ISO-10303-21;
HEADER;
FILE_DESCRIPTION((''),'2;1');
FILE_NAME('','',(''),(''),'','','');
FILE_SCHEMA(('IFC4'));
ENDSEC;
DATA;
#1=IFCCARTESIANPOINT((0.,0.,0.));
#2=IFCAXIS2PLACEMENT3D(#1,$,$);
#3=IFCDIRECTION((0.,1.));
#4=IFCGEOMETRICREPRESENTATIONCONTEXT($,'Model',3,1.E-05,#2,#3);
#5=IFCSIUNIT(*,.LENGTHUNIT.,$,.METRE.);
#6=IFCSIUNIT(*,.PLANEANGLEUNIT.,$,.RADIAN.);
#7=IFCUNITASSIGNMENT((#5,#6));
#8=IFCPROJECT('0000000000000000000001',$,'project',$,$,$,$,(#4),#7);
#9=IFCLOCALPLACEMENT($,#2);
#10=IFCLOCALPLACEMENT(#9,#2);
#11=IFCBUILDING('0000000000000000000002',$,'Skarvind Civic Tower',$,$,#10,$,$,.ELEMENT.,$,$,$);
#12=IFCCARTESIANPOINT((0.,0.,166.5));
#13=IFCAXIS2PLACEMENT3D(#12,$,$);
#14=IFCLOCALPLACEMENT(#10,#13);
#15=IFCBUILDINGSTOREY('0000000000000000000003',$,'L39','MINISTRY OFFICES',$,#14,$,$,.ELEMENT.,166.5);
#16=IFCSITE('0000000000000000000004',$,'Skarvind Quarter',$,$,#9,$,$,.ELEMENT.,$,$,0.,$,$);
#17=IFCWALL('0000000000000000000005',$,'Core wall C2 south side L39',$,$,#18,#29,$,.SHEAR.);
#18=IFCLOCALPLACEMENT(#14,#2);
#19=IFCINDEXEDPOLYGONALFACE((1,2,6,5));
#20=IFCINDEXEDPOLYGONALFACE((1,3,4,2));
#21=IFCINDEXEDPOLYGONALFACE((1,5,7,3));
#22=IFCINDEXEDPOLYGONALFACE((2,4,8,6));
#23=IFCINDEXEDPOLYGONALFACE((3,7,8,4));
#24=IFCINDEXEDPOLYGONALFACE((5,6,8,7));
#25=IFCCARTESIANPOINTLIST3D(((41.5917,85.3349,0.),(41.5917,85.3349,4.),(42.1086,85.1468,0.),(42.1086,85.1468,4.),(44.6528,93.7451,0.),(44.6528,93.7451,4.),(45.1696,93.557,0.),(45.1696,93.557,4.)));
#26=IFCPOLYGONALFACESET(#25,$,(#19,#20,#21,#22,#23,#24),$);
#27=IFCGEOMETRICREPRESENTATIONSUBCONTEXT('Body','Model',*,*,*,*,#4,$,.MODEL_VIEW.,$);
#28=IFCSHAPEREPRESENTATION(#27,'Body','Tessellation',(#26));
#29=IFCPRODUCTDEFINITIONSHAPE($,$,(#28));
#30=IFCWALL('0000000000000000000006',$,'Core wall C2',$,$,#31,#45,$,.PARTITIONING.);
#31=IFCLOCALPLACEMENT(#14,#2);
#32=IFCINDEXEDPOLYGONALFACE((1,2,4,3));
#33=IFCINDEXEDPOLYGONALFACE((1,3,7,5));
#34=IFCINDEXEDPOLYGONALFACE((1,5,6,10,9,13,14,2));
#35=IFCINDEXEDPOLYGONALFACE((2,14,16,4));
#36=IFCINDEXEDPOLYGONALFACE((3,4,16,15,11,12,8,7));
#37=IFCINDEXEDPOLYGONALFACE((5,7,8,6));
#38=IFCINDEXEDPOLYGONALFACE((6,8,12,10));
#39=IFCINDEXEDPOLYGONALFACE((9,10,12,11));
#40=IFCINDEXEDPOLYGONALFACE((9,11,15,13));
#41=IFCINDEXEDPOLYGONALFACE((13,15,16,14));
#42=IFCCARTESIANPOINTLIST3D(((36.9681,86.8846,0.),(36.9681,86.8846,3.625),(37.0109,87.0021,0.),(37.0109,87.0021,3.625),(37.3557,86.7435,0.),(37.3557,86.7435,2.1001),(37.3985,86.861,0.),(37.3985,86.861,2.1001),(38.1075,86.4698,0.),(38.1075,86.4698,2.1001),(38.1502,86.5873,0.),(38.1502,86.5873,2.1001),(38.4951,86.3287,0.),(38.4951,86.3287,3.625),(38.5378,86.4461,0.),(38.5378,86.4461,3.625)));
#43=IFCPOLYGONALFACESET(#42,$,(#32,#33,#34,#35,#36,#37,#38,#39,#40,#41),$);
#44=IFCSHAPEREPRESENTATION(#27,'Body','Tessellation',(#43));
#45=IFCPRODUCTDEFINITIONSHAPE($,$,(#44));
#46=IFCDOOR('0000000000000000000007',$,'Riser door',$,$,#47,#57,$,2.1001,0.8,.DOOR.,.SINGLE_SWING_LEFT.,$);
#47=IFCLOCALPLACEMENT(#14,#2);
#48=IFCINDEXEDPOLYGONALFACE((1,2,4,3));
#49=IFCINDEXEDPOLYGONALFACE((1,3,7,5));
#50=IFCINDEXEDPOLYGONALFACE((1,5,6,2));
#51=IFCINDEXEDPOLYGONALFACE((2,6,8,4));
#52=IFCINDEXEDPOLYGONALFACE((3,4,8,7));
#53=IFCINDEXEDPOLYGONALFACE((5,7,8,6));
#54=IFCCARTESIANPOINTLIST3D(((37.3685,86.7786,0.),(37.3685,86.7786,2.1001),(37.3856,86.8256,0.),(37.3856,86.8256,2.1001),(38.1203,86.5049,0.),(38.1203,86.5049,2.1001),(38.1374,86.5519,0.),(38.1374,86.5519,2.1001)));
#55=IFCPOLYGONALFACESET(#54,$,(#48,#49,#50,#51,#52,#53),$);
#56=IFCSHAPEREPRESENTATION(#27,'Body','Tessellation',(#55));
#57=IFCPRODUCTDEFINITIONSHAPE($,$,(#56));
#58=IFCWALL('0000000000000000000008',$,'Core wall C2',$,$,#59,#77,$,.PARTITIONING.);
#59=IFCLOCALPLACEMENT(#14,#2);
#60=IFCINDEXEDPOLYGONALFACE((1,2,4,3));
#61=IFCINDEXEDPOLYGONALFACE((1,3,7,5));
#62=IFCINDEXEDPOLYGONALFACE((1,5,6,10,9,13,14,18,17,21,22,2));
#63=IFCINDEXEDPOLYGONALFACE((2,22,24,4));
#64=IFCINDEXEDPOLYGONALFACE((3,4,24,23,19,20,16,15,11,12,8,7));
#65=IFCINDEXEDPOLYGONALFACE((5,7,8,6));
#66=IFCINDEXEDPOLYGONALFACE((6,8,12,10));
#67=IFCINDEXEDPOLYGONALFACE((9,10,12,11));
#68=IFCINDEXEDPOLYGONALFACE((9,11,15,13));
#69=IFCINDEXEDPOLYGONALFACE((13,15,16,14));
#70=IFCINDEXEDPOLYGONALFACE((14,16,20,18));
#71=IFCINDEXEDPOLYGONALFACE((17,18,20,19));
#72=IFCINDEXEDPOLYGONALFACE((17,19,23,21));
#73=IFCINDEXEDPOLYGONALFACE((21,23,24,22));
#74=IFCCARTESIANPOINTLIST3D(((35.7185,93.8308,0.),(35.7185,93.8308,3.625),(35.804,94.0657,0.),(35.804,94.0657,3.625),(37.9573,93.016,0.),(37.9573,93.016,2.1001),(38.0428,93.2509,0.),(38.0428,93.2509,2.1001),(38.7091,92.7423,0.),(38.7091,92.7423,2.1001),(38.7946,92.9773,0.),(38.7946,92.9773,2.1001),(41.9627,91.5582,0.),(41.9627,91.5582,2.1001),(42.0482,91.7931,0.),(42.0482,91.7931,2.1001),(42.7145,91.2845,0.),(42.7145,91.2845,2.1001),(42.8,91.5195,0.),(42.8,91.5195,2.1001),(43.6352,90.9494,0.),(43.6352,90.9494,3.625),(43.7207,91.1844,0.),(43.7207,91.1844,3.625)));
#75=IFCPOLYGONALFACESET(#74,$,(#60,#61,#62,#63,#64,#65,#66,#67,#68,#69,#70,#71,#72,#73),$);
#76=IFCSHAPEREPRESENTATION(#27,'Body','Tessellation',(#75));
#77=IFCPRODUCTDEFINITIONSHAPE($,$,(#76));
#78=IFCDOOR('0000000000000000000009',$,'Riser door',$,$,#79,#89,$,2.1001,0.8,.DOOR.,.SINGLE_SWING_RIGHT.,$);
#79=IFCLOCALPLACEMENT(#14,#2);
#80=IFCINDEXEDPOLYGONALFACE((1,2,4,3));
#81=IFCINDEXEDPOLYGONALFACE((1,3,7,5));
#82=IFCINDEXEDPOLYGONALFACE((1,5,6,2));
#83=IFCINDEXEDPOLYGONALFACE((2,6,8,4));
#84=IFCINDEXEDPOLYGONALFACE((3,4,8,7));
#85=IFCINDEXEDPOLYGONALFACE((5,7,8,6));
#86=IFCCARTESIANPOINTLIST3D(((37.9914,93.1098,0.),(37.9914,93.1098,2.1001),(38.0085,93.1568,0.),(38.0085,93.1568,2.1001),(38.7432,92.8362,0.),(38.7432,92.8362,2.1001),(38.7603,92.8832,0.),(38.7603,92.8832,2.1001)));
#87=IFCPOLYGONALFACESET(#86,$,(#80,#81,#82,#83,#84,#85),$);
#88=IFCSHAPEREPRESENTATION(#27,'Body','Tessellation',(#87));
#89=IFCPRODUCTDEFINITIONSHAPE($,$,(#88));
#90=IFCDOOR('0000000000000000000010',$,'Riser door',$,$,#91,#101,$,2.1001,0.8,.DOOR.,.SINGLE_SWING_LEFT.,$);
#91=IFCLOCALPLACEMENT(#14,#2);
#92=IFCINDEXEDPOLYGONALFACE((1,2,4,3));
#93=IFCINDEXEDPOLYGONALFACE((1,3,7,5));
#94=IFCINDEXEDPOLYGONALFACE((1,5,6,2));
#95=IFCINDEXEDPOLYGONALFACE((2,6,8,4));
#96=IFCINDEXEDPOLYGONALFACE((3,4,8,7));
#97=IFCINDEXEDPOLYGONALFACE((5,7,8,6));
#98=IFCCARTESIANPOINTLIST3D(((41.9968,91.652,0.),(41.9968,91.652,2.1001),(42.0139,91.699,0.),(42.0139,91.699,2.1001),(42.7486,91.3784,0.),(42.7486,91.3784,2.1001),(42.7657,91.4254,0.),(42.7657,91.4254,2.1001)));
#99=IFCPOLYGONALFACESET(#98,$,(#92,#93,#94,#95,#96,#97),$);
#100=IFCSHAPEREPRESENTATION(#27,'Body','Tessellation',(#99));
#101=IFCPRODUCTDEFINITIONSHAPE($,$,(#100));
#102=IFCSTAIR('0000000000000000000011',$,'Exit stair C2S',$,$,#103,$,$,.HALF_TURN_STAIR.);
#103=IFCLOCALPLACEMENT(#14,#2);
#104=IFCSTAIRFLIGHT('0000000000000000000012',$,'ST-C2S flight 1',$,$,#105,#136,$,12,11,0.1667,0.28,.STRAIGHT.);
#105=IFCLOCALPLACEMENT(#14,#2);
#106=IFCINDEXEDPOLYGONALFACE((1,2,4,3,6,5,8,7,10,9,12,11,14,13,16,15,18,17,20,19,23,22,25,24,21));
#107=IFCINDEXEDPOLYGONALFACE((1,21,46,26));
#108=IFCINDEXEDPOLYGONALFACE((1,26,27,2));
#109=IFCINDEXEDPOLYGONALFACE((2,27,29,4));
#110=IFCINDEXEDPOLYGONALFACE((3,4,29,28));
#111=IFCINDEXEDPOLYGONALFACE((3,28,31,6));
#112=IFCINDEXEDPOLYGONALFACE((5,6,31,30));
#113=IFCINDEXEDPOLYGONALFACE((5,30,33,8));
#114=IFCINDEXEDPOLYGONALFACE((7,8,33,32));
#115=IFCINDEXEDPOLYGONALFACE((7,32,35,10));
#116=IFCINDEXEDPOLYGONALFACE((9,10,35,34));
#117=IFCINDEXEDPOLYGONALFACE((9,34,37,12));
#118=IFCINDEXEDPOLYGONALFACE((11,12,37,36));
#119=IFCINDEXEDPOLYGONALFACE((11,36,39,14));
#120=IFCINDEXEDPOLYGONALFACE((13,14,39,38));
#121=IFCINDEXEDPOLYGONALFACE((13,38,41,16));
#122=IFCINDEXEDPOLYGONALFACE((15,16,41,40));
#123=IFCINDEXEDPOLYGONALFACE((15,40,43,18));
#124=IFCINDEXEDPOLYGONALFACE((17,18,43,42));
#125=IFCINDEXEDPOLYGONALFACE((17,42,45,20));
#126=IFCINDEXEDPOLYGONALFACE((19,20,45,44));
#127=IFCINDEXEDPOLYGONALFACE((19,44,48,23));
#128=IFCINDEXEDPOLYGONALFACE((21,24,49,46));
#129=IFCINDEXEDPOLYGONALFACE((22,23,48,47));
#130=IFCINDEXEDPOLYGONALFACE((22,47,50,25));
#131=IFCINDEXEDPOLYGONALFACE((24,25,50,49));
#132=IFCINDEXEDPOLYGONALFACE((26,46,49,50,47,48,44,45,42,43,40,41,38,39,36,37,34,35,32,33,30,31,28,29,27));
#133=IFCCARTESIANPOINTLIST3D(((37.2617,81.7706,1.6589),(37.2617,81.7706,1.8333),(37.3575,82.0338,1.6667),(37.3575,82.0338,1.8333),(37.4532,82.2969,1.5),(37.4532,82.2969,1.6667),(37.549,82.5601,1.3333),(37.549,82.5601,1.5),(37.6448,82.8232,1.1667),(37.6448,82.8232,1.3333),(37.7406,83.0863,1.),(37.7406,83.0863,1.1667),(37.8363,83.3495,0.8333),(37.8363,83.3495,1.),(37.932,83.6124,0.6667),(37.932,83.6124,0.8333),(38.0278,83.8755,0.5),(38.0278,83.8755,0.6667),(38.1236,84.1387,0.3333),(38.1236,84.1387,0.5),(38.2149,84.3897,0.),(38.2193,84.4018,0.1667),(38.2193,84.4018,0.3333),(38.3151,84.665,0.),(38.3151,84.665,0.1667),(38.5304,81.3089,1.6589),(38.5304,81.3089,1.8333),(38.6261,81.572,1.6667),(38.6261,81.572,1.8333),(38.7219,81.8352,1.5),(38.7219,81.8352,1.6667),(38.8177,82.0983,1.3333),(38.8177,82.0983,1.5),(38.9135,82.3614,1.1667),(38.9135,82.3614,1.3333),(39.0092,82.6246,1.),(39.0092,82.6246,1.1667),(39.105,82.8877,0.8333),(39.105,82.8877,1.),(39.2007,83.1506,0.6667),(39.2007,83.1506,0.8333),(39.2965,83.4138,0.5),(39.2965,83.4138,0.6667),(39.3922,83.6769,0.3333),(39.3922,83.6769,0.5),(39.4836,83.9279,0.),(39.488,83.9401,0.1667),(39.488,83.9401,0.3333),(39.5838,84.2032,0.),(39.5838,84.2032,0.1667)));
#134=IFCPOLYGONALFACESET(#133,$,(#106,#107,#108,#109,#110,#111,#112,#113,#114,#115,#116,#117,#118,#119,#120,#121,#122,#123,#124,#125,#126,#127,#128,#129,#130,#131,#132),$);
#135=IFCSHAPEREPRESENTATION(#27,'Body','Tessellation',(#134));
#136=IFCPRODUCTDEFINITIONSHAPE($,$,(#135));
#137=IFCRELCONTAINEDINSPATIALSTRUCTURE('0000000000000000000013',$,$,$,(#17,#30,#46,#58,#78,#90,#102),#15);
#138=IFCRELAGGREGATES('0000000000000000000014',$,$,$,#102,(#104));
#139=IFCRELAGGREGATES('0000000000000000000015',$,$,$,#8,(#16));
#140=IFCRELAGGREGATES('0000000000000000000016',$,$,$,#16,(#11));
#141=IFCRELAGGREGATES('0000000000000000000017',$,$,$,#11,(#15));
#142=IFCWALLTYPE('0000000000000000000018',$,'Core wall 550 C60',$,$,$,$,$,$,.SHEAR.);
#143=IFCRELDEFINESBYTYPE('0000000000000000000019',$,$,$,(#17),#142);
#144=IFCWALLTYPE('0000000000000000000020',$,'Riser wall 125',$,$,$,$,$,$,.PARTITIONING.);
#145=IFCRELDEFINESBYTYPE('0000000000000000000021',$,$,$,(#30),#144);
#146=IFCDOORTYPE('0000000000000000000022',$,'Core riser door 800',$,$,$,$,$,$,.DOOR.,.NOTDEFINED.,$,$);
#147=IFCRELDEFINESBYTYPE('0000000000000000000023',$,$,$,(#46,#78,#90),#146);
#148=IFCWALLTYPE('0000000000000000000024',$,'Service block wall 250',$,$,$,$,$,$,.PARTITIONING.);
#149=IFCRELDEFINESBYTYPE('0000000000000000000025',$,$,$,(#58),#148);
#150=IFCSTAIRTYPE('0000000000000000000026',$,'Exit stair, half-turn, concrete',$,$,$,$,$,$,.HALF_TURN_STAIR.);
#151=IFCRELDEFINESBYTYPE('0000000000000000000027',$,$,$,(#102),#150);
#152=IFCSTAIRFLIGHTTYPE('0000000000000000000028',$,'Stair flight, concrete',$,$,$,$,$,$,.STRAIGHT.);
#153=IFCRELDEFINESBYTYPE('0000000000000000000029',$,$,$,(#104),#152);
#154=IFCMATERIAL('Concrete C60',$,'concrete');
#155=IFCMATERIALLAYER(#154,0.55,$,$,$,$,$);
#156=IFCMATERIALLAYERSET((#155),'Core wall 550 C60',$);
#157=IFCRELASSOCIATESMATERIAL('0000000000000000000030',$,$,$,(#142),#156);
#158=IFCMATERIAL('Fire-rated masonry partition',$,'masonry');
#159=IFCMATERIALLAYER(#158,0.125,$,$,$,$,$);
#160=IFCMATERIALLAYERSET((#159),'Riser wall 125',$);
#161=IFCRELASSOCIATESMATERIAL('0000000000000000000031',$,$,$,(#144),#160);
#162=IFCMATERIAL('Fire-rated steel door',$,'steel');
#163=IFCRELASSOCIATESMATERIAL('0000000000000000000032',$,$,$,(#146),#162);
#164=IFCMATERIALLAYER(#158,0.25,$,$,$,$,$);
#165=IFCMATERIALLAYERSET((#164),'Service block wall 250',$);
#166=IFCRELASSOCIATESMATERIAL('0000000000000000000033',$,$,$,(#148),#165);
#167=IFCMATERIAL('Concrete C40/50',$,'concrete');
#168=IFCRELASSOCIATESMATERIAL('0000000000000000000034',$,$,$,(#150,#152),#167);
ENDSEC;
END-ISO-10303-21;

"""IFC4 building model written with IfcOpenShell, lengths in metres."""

from ifc_helpers import new_model, si_unit, direction, frame, frame_2d, origin, place, context, subcontext, project, spatial, polyline, rectangle, outline, extrude, material, layer, layer_set, type_object, element, fill, aggregate, save


model = new_model("IFC4")

# Units and contexts
model_context = context("Model", 3, precision=1e-05, world=origin(), true_north=direction((0.0, 1.0)))
body_context = subcontext(model_context, "Body", "Model", "MODEL_VIEW")
ifc_project = project(units=[si_unit("LENGTHUNIT", "METRE"), si_unit("PLANEANGLEUNIT", "RADIAN")], contexts=[model_context])

# Site, building, storey
site_placement = place(None, origin())
site = spatial("IfcSite", under=ifc_project, at=site_placement, Name="Skarvind Quarter", CompositionType="ELEMENT", RefElevation=0.0)
building_placement = place(site_placement, origin())
building = spatial("IfcBuilding", under=site, at=building_placement, Name="Skarvind Civic Tower", CompositionType="ELEMENT")
storey_placement = place(building_placement, frame((0.0, 0.0, 166.5)))
storey = spatial("IfcBuildingStorey", under=building, at=storey_placement, Name="L39", Description="MINISTRY OFFICES", CompositionType="ELEMENT", Elevation=166.5)

# Shared definitions
ifc_material_1 = material(Name="Fire-rated masonry partition", Category="masonry")
ifc_material_2 = material(Name="Fire-rated steel door", Category="steel")

# Shared definitions
ifc_material_3 = material(Name="Concrete C60", Category="concrete")

# Wall
ifc_layer_1 = layer(ifc_material_3, 0.55)
ifc_layer_set_1 = layer_set([ifc_layer_1], Name="Core wall 550 C60")
wall_type_1 = type_object("IfcWallType", Name="Core wall 550 C60", PredefinedType="SHEAR", material=ifc_layer_set_1)
wall_1_placement = place(storey_placement, frame((41.8501, 85.2407, 0.0), z_axis=(0.0, 0.0, 1.0), x_axis=(0.342019, 0.939693, 0.0)))
element("IfcWall", 1, at=wall_1_placement, inside=storey, type_object=wall_type_1, Name="Core wall C2 south side L39", PredefinedType="SHEAR", context=body_context, shape_type="SweptSolid", body=[
    extrude(rectangle(XDim=8.95, YDim=0.55, at=frame_2d((4.4751, 0.0))), origin(), (0.0, 0.0, 1.0), 4.0),
])

# Wall, opening, door
ifc_layer_2 = layer(ifc_material_1, 0.125)
ifc_layer_set_2 = layer_set([ifc_layer_2], Name="Riser wall 125")
wall_type_2 = type_object("IfcWallType", Name="Riser wall 125", PredefinedType="PARTITIONING", material=ifc_layer_set_2)
wall_2_placement = place(storey_placement, frame((36.9895, 86.9434, 0.0), z_axis=(0.0, 0.0, 1.0), x_axis=(0.939657, -0.342117, 0.0)))
wall_2 = element("IfcWall", 2, at=wall_2_placement, inside=storey, type_object=wall_type_2, Name="Core wall C2", PredefinedType="PARTITIONING", context=body_context, shape_type="SweptSolid", body=[
    extrude(rectangle(XDim=1.625, YDim=0.125, at=frame_2d((0.8125, 0.0))), origin(), (0.0, 0.0, 1.0), 3.625),
])
opening_1_placement = place(wall_2_placement, frame((0.4126, 0.0, 0.0)))
opening_1 = element("IfcOpeningElement", 3, at=opening_1_placement, cuts=wall_2, PredefinedType="OPENING", context=body_context, shape_type="SweptSolid", body=[
    extrude(rectangle(XDim=0.8, YDim=2.1001, at=frame_2d((0.3999, 1.05))), frame((0.0, 0.0725, 0.0), z_axis=(0.0, -1.0, 0.0), x_axis=(1.0, 0.0, 0.0)), (0.0, 0.0, 1.0), 0.145),
])
door_type_1 = type_object("IfcDoorType", Name="Core riser door 800", OperationType="NOTDEFINED", PredefinedType="DOOR", material=ifc_material_2)
door_1_placement = place(opening_1_placement, origin())
door_1 = element("IfcDoor", 4, at=door_1_placement, inside=storey, type_object=door_type_1, Name="Riser door", OperationType="SINGLE_SWING_LEFT", OverallHeight=2.1001, OverallWidth=0.8, PredefinedType="DOOR", context=body_context, shape_type="SweptSolid", body=[
    extrude(rectangle(XDim=0.8, YDim=2.1001, at=frame_2d((0.3999, 1.05))), frame((0.0, 0.0249, 0.0), z_axis=(0.0, -1.0, 0.0), x_axis=(1.0, 0.0, 0.0)), (0.0, 0.0, 1.0), 0.05),
])
fill(opening_1, door_1)

# Wall, openings, doors
ifc_layer_3 = layer(ifc_material_1, 0.25)
ifc_layer_set_3 = layer_set([ifc_layer_3], Name="Service block wall 250")
wall_type_3 = type_object("IfcWallType", Name="Service block wall 250", PredefinedType="PARTITIONING", material=ifc_layer_set_3)
wall_3_placement = place(storey_placement, frame((35.7612, 93.9482, 0.0), z_axis=(0.0, 0.0, 1.0), x_axis=(0.939697, -0.342008, 0.0)))
wall_3 = element("IfcWall", 5, at=wall_3_placement, inside=storey, type_object=wall_type_3, Name="Core wall C2", PredefinedType="PARTITIONING", context=body_context, shape_type="SweptSolid", body=[
    extrude(rectangle(XDim=8.4248, YDim=0.25, at=frame_2d((4.2124, 0.0))), origin(), (0.0, 0.0, 1.0), 3.625),
])
opening_2_placement = place(wall_3_placement, frame((2.3826, 0.0, 0.0)))
opening_2 = element("IfcOpeningElement", 6, at=opening_2_placement, cuts=wall_3, PredefinedType="OPENING", context=body_context, shape_type="SweptSolid", body=[
    extrude(rectangle(XDim=0.8, YDim=2.1001, at=frame_2d((0.3999, 1.05))), frame((0.0, 0.135, 0.0), z_axis=(0.0, -1.0, 0.0), x_axis=(1.0, 0.0, 0.0)), (0.0, 0.0, 1.0), 0.27),
])
opening_3_placement = place(wall_3_placement, frame((6.645, 0.0, 0.0)))
opening_3 = element("IfcOpeningElement", 7, at=opening_3_placement, cuts=wall_3, PredefinedType="OPENING", context=body_context, shape_type="SweptSolid", body=[
    extrude(rectangle(XDim=0.8, YDim=2.1001, at=frame_2d((0.3999, 1.05))), frame((0.0, 0.135, 0.0), z_axis=(0.0, -1.0, 0.0), x_axis=(1.0, 0.0, 0.0)), (0.0, 0.0, 1.0), 0.27),
])
door_2_placement = place(opening_2_placement, origin())
door_2 = element("IfcDoor", 8, at=door_2_placement, inside=storey, type_object=door_type_1, Name="Riser door", OperationType="SINGLE_SWING_RIGHT", OverallHeight=2.1001, OverallWidth=0.8, PredefinedType="DOOR", context=body_context, shape_type="SweptSolid", body=[
    extrude(rectangle(XDim=0.8, YDim=2.1001, at=frame_2d((0.3999, 1.05))), frame((0.0, 0.0249, 0.0), z_axis=(0.0, -1.0, 0.0), x_axis=(1.0, 0.0, 0.0)), (0.0, 0.0, 1.0), 0.05),
])
fill(opening_2, door_2)
door_3_placement = place(opening_3_placement, origin())
door_3 = element("IfcDoor", 9, at=door_3_placement, inside=storey, type_object=door_type_1, Name="Riser door", OperationType="SINGLE_SWING_LEFT", OverallHeight=2.1001, OverallWidth=0.8, PredefinedType="DOOR", context=body_context, shape_type="SweptSolid", body=[
    extrude(rectangle(XDim=0.8, YDim=2.1001, at=frame_2d((0.3999, 1.05))), frame((0.0, 0.0249, 0.0), z_axis=(0.0, -1.0, 0.0), x_axis=(1.0, 0.0, 0.0)), (0.0, 0.0, 1.0), 0.05),
])
fill(opening_3, door_3)

# Stair, stair flight
ifc_material_4 = material(Name="Concrete C40/50", Category="concrete")
stair_type = type_object("IfcStairType", Name="Exit stair, half-turn, concrete", PredefinedType="HALF_TURN_STAIR", material=ifc_material_4)
stair_placement = place(storey_placement, origin())
stair = element("IfcStair", 10, at=stair_placement, inside=storey, type_object=stair_type, Name="Exit stair C2S", PredefinedType="HALF_TURN_STAIR")
stair_flight_type = type_object("IfcStairFlightType", Name="Stair flight, concrete", PredefinedType="STRAIGHT", material=ifc_material_4)
stair_flight_placement = place(storey_placement, frame((38.9495, 84.4341, 0.0), z_axis=(0.0, 0.0, 1.0), x_axis=(-0.34202, -0.939693, 0.0)))
stair_flight = element("IfcStairFlight", 11, at=stair_flight_placement, type_object=stair_flight_type, Name="ST-C2S flight 1", NumberOfRisers=12, NumberOfTreads=11, PredefinedType="STRAIGHT", RiserHeight=0.1667, TreadLength=0.28, context=body_context, shape_type="SweptSolid", body=[
    extrude(outline(polyline([(0.0, 0.0), (0.0, 0.1667), (0.28, 0.1667), (0.28, 0.3333), (0.5601, 0.3333), (0.5601, 0.5), (0.8401, 0.5), (0.8401, 0.6667), (1.1201, 0.6667), (1.1201, 0.8333), (1.3999, 0.8333), (1.3999, 1.0), (1.6799, 1.0), (1.6799, 1.1667), (1.96, 1.1667), (1.96, 1.3333), (2.24, 1.3333), (2.24, 1.5), (2.52, 1.5), (2.52, 1.6667), (2.8, 1.6667), (2.8, 1.8333), (3.0801, 1.8333), (3.0801, 2.0), (3.0801, 1.6589), (0.293, 0.0), (0.0, 0.0)])), frame((0.0, 0.675, 0.0), z_axis=(0.0, -1.0, 0.0), x_axis=(1.0, 0.0, 0.0)), (0.0, 0.0, 1.0), 1.3501),
])
aggregate(stair, [stair_flight])

save(model, "model.ifc")
